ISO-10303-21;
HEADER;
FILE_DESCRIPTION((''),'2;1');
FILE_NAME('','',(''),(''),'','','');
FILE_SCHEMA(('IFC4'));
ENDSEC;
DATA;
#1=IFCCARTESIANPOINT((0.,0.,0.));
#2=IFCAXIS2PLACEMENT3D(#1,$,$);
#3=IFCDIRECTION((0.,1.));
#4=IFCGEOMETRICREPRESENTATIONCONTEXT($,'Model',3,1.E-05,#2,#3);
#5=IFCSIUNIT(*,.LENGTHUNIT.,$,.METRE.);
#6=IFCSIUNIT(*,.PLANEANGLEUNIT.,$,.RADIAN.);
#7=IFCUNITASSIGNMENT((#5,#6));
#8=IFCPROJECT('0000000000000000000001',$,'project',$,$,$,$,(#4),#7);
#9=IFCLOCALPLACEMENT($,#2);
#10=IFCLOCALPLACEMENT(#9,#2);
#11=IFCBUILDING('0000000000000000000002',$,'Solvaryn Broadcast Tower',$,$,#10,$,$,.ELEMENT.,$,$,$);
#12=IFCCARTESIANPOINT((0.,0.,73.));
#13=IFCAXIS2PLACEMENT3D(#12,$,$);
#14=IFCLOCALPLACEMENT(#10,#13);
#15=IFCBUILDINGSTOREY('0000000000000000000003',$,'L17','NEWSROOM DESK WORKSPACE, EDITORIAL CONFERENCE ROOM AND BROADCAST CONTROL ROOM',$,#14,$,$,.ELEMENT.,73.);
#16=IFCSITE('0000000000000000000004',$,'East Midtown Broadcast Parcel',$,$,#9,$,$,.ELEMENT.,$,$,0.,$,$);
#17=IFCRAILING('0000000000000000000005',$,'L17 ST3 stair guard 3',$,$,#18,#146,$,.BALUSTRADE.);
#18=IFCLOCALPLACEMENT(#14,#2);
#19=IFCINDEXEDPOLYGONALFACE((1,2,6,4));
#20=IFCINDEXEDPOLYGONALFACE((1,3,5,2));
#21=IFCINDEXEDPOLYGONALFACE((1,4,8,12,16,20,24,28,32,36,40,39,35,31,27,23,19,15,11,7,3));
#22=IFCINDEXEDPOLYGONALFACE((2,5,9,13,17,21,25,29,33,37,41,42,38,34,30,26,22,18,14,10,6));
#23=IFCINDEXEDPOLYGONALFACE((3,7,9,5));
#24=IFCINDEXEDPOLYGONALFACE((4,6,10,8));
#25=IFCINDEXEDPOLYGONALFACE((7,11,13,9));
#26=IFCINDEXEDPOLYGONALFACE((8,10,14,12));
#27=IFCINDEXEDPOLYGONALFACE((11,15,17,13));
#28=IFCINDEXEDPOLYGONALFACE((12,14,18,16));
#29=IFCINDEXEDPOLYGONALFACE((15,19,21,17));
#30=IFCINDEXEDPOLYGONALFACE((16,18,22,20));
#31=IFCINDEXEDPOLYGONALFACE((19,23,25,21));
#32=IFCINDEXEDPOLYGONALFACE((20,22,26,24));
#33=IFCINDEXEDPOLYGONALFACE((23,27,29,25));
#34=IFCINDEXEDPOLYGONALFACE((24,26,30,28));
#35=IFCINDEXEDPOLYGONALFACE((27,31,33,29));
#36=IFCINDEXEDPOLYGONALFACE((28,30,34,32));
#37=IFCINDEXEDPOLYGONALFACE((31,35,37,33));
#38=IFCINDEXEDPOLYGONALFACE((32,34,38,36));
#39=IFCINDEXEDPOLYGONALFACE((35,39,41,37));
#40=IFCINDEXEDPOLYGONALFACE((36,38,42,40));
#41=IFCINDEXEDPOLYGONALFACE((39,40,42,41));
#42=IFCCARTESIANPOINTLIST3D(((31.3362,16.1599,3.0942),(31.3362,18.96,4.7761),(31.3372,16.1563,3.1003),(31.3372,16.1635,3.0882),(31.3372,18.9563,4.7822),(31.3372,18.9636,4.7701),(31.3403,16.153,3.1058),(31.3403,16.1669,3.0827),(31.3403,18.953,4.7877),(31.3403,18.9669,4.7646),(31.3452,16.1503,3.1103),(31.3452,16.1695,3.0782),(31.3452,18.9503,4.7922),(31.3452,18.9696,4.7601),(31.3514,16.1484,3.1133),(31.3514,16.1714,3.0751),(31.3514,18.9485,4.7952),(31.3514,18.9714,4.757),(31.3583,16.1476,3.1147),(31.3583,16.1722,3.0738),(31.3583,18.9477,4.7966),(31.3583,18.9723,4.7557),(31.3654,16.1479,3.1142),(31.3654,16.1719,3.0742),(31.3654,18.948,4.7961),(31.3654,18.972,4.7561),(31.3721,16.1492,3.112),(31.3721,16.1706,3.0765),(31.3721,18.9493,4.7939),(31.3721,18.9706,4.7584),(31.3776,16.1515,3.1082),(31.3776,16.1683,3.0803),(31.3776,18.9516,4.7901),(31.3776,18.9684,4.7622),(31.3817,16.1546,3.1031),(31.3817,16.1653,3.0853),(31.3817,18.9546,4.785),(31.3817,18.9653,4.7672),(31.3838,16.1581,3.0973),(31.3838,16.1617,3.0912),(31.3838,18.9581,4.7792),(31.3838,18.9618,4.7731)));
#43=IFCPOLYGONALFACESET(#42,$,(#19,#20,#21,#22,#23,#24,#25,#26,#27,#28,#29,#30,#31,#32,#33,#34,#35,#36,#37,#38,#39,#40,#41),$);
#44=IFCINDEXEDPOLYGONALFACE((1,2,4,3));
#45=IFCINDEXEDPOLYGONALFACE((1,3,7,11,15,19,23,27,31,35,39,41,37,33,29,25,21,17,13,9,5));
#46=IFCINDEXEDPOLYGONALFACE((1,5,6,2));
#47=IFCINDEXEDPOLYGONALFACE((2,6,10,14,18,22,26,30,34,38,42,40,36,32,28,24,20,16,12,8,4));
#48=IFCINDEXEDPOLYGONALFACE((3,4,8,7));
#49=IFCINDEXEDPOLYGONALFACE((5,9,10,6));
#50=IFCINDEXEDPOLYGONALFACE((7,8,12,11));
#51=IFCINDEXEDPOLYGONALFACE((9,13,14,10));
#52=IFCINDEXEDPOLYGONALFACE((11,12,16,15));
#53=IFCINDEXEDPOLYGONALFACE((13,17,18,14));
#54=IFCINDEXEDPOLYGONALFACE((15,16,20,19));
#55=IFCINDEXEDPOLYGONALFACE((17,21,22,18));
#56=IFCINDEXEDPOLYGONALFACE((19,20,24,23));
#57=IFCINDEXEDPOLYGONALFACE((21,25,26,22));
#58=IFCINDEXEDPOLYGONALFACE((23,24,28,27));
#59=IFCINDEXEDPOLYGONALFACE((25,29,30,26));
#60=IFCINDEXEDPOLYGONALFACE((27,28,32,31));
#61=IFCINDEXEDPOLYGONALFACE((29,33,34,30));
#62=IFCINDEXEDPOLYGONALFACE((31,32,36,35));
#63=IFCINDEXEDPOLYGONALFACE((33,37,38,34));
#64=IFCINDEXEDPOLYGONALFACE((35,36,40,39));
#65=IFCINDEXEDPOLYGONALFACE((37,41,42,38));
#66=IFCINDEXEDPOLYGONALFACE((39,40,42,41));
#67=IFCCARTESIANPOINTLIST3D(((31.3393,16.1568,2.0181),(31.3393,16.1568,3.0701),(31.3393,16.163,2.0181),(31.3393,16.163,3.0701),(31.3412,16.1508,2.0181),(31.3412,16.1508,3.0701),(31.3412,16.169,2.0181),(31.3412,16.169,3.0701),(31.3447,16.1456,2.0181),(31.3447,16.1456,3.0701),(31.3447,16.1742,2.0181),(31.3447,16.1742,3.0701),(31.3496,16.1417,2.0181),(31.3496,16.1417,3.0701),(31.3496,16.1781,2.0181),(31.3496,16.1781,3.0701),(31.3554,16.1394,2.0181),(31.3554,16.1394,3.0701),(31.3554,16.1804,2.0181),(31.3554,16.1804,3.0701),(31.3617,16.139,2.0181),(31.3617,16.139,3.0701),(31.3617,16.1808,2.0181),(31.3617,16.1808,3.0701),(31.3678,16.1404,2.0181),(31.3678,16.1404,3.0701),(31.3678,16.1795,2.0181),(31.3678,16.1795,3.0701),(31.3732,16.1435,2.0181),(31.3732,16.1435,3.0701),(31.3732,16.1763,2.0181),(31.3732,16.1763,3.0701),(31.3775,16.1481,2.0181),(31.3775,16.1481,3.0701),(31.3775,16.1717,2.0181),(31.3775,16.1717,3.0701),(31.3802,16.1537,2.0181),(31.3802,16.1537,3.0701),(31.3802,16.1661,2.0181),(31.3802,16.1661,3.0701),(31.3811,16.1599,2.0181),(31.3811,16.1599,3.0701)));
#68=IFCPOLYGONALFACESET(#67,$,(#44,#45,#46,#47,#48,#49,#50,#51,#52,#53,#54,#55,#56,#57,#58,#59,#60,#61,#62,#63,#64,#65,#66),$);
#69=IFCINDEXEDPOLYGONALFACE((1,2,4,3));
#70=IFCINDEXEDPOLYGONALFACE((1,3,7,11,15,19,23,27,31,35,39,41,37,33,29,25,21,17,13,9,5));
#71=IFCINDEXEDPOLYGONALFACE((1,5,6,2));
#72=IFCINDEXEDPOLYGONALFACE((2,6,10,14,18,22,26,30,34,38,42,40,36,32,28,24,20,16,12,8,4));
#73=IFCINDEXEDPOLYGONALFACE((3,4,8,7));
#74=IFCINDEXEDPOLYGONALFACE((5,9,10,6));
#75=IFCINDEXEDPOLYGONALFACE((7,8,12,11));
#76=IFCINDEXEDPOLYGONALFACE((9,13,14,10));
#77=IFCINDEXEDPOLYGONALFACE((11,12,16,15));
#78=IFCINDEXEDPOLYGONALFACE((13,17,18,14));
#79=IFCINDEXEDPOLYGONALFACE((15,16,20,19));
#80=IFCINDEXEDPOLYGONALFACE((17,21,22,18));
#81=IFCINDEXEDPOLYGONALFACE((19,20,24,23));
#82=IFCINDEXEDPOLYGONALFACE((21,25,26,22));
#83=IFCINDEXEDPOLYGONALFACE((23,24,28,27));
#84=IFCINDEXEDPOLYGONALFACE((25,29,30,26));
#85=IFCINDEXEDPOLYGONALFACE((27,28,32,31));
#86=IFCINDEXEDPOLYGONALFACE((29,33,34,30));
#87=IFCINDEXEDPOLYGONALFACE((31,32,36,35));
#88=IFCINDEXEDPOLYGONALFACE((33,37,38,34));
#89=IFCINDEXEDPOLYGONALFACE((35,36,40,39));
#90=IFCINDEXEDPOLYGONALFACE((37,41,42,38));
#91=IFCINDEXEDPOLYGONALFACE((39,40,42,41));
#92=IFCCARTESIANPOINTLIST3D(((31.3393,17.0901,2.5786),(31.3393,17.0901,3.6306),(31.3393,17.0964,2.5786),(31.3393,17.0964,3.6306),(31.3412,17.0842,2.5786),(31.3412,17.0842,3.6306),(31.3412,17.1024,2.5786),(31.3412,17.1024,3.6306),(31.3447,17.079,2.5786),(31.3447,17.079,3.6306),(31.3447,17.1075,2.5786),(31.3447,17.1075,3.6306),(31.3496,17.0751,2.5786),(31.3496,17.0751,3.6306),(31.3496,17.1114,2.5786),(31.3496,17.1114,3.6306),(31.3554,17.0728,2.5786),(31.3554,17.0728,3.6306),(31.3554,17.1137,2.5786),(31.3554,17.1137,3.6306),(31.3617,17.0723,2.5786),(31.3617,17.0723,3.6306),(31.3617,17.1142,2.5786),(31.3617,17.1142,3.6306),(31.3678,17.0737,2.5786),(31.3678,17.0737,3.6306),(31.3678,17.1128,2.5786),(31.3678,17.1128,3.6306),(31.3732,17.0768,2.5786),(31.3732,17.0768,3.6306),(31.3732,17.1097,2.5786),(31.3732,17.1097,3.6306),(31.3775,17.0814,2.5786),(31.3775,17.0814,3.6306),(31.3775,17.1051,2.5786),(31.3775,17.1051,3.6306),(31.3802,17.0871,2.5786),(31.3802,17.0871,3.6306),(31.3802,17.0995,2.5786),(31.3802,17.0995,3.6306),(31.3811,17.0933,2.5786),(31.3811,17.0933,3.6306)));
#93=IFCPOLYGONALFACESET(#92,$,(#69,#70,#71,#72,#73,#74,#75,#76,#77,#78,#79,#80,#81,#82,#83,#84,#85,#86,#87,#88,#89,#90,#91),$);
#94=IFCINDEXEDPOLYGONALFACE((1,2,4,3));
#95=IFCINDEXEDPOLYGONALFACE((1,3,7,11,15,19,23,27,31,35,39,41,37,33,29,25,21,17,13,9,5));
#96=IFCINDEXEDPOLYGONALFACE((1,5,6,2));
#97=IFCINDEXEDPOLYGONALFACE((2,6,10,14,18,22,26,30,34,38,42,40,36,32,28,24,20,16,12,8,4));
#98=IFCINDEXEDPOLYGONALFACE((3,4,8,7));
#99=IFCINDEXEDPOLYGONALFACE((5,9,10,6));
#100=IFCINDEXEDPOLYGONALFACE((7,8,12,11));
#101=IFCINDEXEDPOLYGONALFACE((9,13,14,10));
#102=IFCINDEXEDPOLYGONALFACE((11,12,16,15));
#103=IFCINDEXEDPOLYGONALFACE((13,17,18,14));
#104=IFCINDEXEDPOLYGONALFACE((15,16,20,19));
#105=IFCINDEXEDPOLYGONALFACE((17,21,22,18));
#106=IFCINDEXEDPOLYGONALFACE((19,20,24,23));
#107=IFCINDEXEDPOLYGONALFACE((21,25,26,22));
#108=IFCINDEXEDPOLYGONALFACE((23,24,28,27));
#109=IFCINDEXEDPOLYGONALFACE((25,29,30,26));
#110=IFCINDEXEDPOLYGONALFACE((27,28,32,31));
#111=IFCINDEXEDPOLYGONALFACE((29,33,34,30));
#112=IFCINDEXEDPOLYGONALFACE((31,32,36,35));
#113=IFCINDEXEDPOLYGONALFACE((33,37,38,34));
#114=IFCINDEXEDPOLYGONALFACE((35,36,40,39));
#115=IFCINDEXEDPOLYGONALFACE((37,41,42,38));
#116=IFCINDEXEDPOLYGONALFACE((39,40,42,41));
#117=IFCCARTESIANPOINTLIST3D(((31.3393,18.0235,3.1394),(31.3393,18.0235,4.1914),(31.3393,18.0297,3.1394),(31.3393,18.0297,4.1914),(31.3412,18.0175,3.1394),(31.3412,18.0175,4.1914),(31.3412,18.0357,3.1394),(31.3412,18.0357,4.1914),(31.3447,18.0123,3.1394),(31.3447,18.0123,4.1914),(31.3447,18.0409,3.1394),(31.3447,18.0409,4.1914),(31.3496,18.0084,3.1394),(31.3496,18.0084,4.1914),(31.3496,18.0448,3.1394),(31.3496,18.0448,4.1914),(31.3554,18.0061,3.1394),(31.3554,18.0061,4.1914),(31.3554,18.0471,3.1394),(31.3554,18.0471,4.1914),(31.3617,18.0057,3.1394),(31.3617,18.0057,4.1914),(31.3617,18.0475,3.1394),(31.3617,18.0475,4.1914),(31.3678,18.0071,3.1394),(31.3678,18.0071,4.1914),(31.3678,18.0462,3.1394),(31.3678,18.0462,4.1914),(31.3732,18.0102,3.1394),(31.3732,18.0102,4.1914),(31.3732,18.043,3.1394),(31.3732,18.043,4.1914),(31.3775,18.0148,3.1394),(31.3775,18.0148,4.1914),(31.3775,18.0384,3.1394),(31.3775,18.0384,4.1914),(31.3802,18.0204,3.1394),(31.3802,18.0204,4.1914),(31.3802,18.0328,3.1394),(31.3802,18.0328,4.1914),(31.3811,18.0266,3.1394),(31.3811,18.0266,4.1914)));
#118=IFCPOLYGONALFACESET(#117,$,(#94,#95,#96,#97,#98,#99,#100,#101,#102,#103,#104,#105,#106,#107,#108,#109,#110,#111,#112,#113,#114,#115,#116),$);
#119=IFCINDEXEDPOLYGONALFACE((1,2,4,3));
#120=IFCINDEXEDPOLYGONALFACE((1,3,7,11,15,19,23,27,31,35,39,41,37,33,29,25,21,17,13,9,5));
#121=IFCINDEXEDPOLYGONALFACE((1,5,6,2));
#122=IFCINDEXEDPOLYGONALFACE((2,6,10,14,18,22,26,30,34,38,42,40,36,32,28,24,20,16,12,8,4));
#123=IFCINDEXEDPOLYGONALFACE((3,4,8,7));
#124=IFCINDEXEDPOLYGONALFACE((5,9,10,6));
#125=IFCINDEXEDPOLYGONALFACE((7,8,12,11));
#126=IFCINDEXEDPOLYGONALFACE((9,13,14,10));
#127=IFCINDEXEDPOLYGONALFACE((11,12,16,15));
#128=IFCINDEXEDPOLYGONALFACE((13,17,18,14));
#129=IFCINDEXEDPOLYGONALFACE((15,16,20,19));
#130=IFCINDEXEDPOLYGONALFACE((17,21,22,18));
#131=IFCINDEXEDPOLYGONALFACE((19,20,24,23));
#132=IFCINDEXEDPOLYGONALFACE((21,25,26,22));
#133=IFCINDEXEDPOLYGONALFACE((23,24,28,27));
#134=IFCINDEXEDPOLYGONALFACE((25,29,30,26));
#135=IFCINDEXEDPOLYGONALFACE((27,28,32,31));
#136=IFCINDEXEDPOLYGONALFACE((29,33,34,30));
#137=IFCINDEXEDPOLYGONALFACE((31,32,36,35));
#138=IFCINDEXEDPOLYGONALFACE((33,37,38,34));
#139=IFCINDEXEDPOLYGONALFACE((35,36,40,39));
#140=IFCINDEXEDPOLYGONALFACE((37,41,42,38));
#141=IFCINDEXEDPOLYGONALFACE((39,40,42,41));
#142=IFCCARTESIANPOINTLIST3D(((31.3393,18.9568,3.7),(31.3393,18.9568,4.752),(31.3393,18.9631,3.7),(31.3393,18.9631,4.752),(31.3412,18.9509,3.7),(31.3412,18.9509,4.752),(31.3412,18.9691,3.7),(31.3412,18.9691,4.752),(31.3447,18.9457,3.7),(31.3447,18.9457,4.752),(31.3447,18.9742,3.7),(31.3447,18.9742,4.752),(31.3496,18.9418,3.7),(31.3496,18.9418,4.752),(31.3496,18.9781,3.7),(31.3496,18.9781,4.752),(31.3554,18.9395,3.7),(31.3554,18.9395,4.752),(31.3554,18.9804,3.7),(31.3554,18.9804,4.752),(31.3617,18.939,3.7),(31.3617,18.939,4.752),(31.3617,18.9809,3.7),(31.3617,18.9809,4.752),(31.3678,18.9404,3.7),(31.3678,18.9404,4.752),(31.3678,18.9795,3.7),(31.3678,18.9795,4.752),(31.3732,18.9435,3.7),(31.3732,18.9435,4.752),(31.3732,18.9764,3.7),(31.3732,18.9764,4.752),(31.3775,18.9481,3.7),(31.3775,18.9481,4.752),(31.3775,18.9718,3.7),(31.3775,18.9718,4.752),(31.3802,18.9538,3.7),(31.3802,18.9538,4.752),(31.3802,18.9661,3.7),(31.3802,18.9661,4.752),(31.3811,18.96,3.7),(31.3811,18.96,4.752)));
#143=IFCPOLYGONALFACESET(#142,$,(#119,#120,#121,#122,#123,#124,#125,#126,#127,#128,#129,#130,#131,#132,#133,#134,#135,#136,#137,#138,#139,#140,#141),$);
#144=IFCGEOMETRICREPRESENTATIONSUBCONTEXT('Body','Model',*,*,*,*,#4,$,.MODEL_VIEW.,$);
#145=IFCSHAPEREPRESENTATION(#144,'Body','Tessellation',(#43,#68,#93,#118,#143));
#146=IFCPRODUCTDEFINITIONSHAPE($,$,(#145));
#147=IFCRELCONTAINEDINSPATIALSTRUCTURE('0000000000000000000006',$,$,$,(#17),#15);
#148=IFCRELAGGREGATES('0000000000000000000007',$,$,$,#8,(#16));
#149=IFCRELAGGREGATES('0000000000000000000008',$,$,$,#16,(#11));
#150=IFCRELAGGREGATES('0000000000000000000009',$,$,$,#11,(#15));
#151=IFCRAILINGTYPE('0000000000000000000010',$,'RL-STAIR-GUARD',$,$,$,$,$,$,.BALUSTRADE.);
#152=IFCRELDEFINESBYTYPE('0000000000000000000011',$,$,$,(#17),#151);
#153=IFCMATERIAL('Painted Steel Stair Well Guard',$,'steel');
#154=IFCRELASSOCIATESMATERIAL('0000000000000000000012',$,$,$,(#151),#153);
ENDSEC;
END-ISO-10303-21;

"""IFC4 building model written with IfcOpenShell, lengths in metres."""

from ifc_helpers import new_model, si_unit, direction, frame, origin, origin_2d, place, context, subcontext, project, spatial, circle, extrude, material, type_object, element, save


model = new_model("IFC4")

# Units and contexts
model_context = context("Model", 3, precision=1e-05, world=origin(), true_north=direction((0.0, 1.0)))
body_context = subcontext(model_context, "Body", "Model", "MODEL_VIEW")
ifc_project = project(units=[si_unit("LENGTHUNIT", "METRE"), si_unit("PLANEANGLEUNIT", "RADIAN")], contexts=[model_context])

# Site, building, storey
site_placement = place(None, origin())
site = spatial("IfcSite", under=ifc_project, at=site_placement, Name="East Midtown Broadcast Parcel", CompositionType="ELEMENT", RefElevation=0.0)
building_placement = place(site_placement, origin())
building = spatial("IfcBuilding", under=site, at=building_placement, Name="Solvaryn Broadcast Tower", CompositionType="ELEMENT")
storey_placement = place(building_placement, frame((0.0, 0.0, 73.0)))
storey = spatial("IfcBuildingStorey", under=building, at=storey_placement, Name="L17", Description="NEWSROOM DESK WORKSPACE, EDITORIAL CONFERENCE ROOM AND BROADCAST CONTROL ROOM", CompositionType="ELEMENT", Elevation=73.0)

# Railing
ifc_material_1 = material(Name="Painted Steel Stair Well Guard", Category="steel")
railing_type_1 = type_object("IfcRailingType", Name="RL-STAIR-GUARD", PredefinedType="BALUSTRADE", material=ifc_material_1)
railing_1_placement = place(storey_placement, frame((31.3601, 16.1599, 2.0181)))
element("IfcRailing", 1, at=railing_1_placement, inside=storey, type_object=railing_type_1, Name="L17 ST3 stair guard 3", PredefinedType="BALUSTRADE", context=body_context, shape_type="SweptSolid", body=[
    extrude(circle(Radius=0.0239, at=origin_2d()), frame((0.0, 0.0, 1.0762), z_axis=(0.0, 0.857242, 0.514913), x_axis=(-1.0, 0.0, 0.0)), (0.0, 0.0, 1.0), 3.2664),
    extrude(circle(Radius=0.021, at=origin_2d()), origin(), (0.0, 0.0, 1.0), 1.052),
    extrude(circle(Radius=0.021, at=origin_2d()), frame((0.0, 0.9333, 0.5605)), (0.0, 0.0, 1.0), 1.052),
    extrude(circle(Radius=0.021, at=origin_2d()), frame((0.0, 1.8667, 1.1213)), (0.0, 0.0, 1.0), 1.052),
    extrude(circle(Radius=0.021, at=origin_2d()), frame((0.0, 2.8, 1.6819)), (0.0, 0.0, 1.0), 1.052),
])

save(model, "model.ifc")
